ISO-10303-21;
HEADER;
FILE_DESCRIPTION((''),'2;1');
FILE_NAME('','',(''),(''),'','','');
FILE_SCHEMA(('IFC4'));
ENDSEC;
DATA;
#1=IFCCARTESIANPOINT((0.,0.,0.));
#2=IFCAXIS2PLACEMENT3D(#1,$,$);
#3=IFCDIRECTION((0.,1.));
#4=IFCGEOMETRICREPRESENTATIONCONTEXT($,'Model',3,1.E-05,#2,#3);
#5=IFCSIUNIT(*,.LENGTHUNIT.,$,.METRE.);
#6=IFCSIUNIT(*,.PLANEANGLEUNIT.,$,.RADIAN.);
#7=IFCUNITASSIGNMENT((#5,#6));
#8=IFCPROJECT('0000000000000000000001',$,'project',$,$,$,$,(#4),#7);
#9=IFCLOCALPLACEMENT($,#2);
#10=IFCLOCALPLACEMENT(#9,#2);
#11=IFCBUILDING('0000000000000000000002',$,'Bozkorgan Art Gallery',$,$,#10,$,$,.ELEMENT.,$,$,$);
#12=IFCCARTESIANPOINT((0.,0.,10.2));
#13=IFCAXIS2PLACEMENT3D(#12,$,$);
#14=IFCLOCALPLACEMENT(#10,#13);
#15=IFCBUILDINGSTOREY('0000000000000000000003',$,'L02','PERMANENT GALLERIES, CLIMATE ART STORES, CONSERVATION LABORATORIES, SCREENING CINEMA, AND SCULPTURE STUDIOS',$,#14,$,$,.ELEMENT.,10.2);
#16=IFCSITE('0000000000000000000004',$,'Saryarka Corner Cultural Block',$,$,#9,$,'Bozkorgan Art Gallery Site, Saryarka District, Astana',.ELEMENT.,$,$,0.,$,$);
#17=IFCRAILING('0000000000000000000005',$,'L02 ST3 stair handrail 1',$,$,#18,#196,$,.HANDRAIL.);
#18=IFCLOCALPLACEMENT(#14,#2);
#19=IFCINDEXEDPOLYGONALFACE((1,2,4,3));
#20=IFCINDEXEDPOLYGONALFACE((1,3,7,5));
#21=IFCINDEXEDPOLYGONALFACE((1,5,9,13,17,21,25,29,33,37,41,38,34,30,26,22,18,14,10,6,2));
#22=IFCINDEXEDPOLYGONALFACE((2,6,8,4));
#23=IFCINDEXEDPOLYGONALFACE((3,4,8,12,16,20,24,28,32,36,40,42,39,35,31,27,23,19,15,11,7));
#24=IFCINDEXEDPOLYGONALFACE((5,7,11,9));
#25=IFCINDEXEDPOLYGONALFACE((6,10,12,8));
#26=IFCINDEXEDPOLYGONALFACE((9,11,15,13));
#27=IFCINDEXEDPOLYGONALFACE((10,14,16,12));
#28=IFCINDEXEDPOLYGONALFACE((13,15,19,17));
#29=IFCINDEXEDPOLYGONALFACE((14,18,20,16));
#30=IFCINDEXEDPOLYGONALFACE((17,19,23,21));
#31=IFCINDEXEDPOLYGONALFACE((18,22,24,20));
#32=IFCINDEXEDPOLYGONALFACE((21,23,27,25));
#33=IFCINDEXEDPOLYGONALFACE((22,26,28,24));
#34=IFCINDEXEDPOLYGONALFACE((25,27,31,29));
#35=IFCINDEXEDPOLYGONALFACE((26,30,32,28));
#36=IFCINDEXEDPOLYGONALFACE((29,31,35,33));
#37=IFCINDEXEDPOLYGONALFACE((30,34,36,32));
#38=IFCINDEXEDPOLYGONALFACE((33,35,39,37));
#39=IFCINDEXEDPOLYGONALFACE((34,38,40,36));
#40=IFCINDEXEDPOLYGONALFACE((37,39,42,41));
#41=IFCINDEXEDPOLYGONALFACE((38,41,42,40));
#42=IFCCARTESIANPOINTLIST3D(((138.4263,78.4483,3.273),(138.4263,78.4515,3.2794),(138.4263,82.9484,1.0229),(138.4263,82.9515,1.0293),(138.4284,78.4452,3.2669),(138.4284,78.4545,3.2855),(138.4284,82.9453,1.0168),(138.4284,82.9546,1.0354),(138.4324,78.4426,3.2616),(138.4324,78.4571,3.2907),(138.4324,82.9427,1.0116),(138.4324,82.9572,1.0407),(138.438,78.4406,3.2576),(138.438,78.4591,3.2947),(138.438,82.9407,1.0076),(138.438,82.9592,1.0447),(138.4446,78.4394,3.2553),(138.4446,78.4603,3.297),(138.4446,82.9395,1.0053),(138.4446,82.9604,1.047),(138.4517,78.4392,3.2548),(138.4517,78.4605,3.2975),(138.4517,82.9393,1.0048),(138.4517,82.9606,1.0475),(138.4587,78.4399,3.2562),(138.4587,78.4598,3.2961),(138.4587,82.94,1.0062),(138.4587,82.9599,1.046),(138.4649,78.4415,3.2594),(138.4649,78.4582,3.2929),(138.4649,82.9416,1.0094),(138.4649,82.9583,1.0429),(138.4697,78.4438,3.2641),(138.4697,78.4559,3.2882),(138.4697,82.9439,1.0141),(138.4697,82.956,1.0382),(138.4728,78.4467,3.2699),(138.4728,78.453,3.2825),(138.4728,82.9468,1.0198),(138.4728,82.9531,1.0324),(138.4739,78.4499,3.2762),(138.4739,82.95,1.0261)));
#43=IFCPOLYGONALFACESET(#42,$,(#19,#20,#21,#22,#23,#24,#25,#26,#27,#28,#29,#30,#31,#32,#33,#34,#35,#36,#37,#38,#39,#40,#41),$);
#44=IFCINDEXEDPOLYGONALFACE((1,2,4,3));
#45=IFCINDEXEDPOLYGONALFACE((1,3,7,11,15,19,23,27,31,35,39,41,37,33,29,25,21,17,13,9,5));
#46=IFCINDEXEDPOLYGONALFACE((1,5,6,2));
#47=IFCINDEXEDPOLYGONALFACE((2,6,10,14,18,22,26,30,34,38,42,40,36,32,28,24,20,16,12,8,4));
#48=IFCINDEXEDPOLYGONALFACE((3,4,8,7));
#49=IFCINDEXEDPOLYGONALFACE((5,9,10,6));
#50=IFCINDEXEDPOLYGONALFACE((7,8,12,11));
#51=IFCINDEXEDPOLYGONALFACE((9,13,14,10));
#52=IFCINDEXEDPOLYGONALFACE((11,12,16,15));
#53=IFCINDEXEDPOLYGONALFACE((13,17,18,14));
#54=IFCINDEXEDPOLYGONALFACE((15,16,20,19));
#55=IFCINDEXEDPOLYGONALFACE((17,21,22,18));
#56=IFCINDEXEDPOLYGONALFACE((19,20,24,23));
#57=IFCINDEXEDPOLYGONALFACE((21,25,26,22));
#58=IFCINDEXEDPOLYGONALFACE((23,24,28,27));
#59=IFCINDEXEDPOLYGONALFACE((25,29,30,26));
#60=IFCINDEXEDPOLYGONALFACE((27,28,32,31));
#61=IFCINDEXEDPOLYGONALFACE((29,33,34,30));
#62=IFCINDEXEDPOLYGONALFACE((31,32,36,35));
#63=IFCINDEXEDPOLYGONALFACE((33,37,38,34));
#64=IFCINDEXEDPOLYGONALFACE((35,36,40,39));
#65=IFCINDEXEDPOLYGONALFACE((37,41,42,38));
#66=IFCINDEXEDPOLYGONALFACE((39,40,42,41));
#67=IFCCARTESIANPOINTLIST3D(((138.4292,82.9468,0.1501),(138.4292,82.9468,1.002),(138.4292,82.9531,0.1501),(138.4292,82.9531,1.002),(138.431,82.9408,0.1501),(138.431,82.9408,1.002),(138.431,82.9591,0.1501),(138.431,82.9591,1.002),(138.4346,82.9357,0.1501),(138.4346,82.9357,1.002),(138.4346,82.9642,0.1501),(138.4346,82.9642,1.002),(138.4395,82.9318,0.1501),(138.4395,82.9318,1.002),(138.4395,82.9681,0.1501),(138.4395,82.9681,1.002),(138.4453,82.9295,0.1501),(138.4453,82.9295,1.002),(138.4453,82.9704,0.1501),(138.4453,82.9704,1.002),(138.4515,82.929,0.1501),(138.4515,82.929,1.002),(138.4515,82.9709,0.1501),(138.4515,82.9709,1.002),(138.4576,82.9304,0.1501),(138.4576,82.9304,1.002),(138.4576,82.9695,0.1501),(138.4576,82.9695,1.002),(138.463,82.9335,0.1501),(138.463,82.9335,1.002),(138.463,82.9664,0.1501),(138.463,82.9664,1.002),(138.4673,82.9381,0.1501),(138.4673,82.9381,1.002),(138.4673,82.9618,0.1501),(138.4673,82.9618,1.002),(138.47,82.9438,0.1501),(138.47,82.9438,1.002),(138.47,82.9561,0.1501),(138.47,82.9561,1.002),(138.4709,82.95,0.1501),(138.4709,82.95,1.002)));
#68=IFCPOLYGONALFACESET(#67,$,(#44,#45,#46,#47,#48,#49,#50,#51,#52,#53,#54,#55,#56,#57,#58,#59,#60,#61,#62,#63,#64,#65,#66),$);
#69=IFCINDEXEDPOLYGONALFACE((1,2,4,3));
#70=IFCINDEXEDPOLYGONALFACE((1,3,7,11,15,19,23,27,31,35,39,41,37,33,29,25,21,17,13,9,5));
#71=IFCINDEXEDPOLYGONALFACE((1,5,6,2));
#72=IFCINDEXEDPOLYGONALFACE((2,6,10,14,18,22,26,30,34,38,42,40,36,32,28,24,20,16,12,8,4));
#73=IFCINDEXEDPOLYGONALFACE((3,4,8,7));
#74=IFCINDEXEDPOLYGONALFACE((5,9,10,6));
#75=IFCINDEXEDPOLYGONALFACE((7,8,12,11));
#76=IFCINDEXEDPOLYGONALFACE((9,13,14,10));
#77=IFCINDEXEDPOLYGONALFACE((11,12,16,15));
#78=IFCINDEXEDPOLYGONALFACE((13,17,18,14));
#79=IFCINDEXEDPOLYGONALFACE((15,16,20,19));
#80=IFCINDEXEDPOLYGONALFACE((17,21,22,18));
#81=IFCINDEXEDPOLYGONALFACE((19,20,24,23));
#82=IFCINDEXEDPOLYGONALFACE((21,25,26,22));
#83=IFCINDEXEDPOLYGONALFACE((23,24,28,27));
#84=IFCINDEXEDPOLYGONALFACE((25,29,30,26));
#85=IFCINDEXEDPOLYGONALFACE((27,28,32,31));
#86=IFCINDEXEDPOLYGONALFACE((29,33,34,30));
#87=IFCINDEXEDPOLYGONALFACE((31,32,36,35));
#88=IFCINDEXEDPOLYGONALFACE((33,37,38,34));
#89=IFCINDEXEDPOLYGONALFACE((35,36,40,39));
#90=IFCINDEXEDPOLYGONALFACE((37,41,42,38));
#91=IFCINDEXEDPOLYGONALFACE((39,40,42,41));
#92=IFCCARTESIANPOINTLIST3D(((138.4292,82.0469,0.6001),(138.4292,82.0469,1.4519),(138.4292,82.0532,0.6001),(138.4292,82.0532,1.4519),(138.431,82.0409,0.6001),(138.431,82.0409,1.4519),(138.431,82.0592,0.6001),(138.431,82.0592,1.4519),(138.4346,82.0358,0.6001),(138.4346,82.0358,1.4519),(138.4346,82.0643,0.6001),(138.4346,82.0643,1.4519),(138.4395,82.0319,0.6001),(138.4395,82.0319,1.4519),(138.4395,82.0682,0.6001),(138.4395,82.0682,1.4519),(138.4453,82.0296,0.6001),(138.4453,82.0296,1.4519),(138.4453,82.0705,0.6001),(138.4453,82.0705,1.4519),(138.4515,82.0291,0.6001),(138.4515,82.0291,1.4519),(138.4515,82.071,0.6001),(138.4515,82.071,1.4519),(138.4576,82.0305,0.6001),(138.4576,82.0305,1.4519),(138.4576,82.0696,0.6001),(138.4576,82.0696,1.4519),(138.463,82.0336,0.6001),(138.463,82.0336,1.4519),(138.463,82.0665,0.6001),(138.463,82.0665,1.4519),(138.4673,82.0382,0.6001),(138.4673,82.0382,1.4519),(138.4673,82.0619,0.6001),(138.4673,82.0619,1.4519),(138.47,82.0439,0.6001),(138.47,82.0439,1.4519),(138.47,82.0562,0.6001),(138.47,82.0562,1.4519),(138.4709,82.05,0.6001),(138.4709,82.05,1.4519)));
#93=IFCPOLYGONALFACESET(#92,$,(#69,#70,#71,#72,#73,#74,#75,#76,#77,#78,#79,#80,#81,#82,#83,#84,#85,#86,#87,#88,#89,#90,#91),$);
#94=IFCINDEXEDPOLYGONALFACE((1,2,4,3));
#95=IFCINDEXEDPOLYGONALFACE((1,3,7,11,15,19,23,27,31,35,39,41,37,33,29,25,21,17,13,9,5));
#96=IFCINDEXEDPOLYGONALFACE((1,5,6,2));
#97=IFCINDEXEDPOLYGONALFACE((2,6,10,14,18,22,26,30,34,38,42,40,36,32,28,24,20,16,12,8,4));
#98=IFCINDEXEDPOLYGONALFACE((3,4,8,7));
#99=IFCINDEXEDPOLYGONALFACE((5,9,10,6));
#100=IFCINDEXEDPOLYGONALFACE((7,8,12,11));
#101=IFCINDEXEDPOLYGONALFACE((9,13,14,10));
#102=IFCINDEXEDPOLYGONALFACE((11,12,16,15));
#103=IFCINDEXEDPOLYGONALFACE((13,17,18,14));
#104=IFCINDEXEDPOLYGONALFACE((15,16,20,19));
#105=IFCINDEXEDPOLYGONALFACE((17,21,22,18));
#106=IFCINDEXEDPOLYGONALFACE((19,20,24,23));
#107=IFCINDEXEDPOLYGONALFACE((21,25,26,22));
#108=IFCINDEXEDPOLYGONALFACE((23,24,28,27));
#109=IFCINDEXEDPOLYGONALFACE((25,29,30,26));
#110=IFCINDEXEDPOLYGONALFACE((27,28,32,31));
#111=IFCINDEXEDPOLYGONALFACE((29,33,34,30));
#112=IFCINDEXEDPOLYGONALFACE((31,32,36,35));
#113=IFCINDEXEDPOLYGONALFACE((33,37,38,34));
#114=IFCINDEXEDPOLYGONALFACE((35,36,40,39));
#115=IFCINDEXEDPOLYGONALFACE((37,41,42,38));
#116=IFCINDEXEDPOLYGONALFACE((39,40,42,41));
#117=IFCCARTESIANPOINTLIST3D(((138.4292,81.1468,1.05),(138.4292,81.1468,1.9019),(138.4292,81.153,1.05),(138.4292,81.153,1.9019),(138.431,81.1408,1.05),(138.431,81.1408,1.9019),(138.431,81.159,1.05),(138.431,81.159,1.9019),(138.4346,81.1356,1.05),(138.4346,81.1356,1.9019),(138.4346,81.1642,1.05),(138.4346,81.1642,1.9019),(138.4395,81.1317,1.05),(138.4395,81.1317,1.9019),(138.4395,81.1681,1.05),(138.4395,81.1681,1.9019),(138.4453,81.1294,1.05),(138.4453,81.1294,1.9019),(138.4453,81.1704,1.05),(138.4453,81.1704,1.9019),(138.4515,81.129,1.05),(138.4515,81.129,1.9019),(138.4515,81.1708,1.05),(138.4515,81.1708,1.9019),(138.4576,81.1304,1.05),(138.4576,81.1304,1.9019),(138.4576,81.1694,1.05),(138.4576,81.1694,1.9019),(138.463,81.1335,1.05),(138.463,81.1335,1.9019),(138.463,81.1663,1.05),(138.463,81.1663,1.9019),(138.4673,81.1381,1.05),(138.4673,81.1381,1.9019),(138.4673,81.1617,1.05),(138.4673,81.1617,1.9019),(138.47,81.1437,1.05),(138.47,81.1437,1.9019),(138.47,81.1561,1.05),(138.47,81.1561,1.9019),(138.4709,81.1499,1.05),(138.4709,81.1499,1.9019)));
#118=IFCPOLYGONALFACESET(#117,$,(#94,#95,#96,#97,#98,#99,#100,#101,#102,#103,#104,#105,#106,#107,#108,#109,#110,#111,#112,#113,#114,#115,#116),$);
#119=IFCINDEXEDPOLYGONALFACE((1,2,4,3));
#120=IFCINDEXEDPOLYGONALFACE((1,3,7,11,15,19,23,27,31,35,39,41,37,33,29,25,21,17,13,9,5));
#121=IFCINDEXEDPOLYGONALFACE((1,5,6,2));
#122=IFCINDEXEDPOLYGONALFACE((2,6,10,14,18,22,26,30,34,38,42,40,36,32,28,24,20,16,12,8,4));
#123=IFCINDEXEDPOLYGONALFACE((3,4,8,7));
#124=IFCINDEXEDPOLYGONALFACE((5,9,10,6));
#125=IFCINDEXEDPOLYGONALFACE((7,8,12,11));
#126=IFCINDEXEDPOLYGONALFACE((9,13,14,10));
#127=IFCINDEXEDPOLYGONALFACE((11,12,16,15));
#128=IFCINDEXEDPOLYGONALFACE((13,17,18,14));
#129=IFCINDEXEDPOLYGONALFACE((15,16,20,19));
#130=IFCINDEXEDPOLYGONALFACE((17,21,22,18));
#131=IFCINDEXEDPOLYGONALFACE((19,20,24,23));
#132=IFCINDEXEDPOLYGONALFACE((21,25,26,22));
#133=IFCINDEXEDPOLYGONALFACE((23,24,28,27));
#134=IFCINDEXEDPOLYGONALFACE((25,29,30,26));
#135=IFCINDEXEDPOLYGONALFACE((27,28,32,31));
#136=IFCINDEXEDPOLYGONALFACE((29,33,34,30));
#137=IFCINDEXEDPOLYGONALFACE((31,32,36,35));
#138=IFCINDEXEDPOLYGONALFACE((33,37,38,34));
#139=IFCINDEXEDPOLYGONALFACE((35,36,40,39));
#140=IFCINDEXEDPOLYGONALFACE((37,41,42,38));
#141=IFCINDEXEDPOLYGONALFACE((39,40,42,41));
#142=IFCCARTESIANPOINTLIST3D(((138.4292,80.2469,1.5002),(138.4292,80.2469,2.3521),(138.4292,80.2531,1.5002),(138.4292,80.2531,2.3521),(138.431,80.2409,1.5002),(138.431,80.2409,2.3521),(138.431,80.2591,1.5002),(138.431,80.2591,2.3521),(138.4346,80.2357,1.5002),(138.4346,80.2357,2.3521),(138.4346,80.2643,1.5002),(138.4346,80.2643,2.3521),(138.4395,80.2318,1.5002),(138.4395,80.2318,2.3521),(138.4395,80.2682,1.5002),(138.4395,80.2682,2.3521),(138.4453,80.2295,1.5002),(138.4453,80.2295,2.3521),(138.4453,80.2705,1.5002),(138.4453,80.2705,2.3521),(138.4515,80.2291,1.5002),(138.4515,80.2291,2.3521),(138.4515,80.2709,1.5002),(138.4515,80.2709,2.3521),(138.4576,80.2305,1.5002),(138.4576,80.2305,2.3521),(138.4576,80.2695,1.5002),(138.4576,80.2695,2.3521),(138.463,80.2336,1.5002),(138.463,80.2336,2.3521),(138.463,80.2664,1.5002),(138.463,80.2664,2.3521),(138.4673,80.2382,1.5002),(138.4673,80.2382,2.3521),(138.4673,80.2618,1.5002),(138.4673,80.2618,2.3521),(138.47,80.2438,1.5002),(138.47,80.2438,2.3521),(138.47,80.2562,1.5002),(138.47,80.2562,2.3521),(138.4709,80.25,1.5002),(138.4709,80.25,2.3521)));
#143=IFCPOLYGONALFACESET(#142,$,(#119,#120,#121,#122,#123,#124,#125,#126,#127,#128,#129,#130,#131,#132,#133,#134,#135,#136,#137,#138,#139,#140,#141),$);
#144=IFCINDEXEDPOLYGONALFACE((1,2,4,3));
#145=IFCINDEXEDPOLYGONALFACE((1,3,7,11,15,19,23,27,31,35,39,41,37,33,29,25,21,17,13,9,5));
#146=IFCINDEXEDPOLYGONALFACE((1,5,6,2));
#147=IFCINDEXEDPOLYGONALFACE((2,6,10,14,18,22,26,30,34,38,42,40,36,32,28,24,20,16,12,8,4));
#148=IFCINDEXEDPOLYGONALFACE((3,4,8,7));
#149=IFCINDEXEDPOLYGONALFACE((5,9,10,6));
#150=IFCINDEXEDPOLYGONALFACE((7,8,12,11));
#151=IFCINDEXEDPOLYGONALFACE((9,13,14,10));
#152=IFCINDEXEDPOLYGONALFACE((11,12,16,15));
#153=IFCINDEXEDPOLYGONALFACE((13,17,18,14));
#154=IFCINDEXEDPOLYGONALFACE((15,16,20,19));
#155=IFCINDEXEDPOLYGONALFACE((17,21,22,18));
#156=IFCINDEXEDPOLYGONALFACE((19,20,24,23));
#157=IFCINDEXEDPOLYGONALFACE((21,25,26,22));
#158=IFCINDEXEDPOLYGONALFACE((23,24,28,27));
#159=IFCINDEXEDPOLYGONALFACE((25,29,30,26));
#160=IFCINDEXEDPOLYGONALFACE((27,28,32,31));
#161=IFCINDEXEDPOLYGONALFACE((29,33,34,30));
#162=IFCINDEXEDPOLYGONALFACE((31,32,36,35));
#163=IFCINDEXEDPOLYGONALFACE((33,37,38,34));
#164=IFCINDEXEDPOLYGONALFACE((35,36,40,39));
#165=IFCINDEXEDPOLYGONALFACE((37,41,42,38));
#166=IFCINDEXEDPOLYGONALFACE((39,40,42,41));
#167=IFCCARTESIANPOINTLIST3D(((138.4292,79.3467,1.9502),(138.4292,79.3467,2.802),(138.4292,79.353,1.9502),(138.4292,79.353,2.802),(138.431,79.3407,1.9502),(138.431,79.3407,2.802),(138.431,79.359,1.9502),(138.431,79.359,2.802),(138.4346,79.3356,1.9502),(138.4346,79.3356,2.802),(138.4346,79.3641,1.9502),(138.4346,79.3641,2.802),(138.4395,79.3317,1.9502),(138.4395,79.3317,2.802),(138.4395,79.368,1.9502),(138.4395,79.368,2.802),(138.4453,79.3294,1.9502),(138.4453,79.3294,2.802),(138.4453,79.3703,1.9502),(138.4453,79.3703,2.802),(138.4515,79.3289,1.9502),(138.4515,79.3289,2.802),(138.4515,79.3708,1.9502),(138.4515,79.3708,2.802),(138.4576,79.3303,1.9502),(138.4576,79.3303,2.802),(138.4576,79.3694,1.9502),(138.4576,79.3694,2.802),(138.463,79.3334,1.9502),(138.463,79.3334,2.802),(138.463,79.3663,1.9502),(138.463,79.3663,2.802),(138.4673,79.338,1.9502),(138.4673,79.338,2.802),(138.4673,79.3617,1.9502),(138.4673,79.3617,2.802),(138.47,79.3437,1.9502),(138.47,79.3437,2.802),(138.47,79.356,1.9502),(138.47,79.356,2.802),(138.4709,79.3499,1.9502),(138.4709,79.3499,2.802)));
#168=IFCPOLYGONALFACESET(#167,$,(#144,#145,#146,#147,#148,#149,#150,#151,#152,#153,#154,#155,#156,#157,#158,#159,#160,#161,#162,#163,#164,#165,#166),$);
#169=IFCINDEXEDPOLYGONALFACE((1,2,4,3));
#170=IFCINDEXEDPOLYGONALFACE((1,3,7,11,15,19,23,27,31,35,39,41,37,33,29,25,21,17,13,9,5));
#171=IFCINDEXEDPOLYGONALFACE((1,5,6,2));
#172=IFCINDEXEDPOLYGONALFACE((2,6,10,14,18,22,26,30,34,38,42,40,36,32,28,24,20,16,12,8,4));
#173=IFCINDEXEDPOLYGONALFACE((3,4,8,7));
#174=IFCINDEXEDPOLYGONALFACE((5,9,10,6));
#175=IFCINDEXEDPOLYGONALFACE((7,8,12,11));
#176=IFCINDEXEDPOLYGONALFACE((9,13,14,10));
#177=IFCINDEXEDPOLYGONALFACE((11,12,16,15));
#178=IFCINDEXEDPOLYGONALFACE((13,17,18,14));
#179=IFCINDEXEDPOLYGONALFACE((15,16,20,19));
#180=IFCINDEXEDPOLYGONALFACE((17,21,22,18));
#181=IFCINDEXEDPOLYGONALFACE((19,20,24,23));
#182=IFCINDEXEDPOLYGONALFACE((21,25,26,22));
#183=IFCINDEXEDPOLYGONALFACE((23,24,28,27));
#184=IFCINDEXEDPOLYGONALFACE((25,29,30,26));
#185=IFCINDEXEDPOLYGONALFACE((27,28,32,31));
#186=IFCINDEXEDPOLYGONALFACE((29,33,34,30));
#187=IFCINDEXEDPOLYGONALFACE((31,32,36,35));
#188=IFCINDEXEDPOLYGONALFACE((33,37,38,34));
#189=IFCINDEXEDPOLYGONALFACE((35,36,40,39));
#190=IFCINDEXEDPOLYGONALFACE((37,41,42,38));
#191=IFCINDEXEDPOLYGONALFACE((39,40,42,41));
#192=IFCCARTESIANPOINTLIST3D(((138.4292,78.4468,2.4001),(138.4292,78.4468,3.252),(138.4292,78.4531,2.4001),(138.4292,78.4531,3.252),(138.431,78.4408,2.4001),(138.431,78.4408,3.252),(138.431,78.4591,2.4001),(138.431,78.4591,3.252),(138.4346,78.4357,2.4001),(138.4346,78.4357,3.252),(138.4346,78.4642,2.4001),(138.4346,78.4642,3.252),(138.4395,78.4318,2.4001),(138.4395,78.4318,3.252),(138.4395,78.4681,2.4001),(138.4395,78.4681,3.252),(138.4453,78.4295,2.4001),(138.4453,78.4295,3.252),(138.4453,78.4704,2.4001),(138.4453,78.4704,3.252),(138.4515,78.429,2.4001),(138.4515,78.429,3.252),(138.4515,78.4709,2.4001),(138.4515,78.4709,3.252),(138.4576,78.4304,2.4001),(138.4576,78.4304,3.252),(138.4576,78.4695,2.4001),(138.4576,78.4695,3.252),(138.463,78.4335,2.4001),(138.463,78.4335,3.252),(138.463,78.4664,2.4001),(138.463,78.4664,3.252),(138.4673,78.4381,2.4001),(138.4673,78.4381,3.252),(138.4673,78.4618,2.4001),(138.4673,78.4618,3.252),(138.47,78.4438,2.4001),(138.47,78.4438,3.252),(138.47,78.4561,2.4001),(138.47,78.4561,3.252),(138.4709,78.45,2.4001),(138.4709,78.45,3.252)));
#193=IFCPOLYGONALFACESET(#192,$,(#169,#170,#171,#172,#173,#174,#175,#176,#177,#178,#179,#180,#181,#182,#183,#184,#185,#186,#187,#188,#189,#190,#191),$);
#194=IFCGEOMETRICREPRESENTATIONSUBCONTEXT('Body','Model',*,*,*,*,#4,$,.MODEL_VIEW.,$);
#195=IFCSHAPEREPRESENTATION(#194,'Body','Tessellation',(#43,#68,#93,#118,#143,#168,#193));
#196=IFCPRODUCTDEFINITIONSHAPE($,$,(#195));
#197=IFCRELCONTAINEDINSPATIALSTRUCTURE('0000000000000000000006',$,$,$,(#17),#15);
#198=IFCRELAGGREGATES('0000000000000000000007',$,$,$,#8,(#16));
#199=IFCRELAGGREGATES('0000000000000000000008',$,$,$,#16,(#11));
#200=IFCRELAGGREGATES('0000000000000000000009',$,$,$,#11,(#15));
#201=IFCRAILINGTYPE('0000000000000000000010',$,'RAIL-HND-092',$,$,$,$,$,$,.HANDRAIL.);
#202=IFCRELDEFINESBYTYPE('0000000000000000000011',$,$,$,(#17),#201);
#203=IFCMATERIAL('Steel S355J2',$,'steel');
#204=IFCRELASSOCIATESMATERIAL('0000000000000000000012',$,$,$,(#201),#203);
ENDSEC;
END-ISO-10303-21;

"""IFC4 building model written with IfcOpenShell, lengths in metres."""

from ifc_helpers import new_model, si_unit, direction, frame, origin, origin_2d, place, context, subcontext, project, spatial, circle, extrude, material, type_object, element, save


model = new_model("IFC4")

# Units and contexts
model_context = context("Model", 3, precision=1e-05, world=origin(), true_north=direction((0.0, 1.0)))
body_context = subcontext(model_context, "Body", "Model", "MODEL_VIEW")
ifc_project = project(units=[si_unit("LENGTHUNIT", "METRE"), si_unit("PLANEANGLEUNIT", "RADIAN")], contexts=[model_context])

# Site, building, storey
site_placement = place(None, origin())
site = spatial("IfcSite", under=ifc_project, at=site_placement, Name="Saryarka Corner Cultural Block", LongName="Bozkorgan Art Gallery Site, Saryarka District, Astana", CompositionType="ELEMENT", RefElevation=0.0)
building_placement = place(site_placement, origin())
building = spatial("IfcBuilding", under=site, at=building_placement, Name="Bozkorgan Art Gallery", CompositionType="ELEMENT")
storey_placement = place(building_placement, frame((0.0, 0.0, 10.2)))
storey = spatial("IfcBuildingStorey", under=building, at=storey_placement, Name="L02", Description="PERMANENT GALLERIES, CLIMATE ART STORES, CONSERVATION LABORATORIES, SCREENING CINEMA, AND SCULPTURE STUDIOS", CompositionType="ELEMENT", Elevation=10.2)

# Shared definitions
ifc_material_1 = material(Name="Steel S355J2", Category="steel")

# Railing
railing_type_1 = type_object("IfcRailingType", Name="RAIL-HND-092", PredefinedType="HANDRAIL", material=ifc_material_1)
railing_1_placement = place(storey_placement, frame((138.45, 82.95, 0.1501)))
element("IfcRailing", 1, at=railing_1_placement, inside=storey, type_object=railing_type_1, Name="L02 ST3 stair handrail 1", PredefinedType="HANDRAIL", context=body_context, shape_type="SweptSolid", body=[
    extrude(circle(Radius=0.0239, at=origin_2d()), frame((0.0, 0.0, 0.876), z_axis=(0.0, -0.894427, 0.447214), x_axis=(1.0, 0.0, 0.0)), (0.0, 0.0, 1.0), 5.0312),
    extrude(circle(Radius=0.021, at=origin_2d()), origin(), (0.0, 0.0, 1.0), 0.8518),
    extrude(circle(Radius=0.021, at=origin_2d()), frame((0.0, -0.8999, 0.45)), (0.0, 0.0, 1.0), 0.8518),
    extrude(circle(Radius=0.021, at=origin_2d()), frame((0.0, -1.8, 0.8999)), (0.0, 0.0, 1.0), 0.8518),
    extrude(circle(Radius=0.021, at=origin_2d()), frame((0.0, -2.7, 1.3501)), (0.0, 0.0, 1.0), 0.8518),
    extrude(circle(Radius=0.021, at=origin_2d()), frame((0.0, -3.6001, 1.8)), (0.0, 0.0, 1.0), 0.8518),
    extrude(circle(Radius=0.021, at=origin_2d()), frame((0.0, -4.5, 2.25)), (0.0, 0.0, 1.0), 0.8518),
])

save(model, "model.ifc")
